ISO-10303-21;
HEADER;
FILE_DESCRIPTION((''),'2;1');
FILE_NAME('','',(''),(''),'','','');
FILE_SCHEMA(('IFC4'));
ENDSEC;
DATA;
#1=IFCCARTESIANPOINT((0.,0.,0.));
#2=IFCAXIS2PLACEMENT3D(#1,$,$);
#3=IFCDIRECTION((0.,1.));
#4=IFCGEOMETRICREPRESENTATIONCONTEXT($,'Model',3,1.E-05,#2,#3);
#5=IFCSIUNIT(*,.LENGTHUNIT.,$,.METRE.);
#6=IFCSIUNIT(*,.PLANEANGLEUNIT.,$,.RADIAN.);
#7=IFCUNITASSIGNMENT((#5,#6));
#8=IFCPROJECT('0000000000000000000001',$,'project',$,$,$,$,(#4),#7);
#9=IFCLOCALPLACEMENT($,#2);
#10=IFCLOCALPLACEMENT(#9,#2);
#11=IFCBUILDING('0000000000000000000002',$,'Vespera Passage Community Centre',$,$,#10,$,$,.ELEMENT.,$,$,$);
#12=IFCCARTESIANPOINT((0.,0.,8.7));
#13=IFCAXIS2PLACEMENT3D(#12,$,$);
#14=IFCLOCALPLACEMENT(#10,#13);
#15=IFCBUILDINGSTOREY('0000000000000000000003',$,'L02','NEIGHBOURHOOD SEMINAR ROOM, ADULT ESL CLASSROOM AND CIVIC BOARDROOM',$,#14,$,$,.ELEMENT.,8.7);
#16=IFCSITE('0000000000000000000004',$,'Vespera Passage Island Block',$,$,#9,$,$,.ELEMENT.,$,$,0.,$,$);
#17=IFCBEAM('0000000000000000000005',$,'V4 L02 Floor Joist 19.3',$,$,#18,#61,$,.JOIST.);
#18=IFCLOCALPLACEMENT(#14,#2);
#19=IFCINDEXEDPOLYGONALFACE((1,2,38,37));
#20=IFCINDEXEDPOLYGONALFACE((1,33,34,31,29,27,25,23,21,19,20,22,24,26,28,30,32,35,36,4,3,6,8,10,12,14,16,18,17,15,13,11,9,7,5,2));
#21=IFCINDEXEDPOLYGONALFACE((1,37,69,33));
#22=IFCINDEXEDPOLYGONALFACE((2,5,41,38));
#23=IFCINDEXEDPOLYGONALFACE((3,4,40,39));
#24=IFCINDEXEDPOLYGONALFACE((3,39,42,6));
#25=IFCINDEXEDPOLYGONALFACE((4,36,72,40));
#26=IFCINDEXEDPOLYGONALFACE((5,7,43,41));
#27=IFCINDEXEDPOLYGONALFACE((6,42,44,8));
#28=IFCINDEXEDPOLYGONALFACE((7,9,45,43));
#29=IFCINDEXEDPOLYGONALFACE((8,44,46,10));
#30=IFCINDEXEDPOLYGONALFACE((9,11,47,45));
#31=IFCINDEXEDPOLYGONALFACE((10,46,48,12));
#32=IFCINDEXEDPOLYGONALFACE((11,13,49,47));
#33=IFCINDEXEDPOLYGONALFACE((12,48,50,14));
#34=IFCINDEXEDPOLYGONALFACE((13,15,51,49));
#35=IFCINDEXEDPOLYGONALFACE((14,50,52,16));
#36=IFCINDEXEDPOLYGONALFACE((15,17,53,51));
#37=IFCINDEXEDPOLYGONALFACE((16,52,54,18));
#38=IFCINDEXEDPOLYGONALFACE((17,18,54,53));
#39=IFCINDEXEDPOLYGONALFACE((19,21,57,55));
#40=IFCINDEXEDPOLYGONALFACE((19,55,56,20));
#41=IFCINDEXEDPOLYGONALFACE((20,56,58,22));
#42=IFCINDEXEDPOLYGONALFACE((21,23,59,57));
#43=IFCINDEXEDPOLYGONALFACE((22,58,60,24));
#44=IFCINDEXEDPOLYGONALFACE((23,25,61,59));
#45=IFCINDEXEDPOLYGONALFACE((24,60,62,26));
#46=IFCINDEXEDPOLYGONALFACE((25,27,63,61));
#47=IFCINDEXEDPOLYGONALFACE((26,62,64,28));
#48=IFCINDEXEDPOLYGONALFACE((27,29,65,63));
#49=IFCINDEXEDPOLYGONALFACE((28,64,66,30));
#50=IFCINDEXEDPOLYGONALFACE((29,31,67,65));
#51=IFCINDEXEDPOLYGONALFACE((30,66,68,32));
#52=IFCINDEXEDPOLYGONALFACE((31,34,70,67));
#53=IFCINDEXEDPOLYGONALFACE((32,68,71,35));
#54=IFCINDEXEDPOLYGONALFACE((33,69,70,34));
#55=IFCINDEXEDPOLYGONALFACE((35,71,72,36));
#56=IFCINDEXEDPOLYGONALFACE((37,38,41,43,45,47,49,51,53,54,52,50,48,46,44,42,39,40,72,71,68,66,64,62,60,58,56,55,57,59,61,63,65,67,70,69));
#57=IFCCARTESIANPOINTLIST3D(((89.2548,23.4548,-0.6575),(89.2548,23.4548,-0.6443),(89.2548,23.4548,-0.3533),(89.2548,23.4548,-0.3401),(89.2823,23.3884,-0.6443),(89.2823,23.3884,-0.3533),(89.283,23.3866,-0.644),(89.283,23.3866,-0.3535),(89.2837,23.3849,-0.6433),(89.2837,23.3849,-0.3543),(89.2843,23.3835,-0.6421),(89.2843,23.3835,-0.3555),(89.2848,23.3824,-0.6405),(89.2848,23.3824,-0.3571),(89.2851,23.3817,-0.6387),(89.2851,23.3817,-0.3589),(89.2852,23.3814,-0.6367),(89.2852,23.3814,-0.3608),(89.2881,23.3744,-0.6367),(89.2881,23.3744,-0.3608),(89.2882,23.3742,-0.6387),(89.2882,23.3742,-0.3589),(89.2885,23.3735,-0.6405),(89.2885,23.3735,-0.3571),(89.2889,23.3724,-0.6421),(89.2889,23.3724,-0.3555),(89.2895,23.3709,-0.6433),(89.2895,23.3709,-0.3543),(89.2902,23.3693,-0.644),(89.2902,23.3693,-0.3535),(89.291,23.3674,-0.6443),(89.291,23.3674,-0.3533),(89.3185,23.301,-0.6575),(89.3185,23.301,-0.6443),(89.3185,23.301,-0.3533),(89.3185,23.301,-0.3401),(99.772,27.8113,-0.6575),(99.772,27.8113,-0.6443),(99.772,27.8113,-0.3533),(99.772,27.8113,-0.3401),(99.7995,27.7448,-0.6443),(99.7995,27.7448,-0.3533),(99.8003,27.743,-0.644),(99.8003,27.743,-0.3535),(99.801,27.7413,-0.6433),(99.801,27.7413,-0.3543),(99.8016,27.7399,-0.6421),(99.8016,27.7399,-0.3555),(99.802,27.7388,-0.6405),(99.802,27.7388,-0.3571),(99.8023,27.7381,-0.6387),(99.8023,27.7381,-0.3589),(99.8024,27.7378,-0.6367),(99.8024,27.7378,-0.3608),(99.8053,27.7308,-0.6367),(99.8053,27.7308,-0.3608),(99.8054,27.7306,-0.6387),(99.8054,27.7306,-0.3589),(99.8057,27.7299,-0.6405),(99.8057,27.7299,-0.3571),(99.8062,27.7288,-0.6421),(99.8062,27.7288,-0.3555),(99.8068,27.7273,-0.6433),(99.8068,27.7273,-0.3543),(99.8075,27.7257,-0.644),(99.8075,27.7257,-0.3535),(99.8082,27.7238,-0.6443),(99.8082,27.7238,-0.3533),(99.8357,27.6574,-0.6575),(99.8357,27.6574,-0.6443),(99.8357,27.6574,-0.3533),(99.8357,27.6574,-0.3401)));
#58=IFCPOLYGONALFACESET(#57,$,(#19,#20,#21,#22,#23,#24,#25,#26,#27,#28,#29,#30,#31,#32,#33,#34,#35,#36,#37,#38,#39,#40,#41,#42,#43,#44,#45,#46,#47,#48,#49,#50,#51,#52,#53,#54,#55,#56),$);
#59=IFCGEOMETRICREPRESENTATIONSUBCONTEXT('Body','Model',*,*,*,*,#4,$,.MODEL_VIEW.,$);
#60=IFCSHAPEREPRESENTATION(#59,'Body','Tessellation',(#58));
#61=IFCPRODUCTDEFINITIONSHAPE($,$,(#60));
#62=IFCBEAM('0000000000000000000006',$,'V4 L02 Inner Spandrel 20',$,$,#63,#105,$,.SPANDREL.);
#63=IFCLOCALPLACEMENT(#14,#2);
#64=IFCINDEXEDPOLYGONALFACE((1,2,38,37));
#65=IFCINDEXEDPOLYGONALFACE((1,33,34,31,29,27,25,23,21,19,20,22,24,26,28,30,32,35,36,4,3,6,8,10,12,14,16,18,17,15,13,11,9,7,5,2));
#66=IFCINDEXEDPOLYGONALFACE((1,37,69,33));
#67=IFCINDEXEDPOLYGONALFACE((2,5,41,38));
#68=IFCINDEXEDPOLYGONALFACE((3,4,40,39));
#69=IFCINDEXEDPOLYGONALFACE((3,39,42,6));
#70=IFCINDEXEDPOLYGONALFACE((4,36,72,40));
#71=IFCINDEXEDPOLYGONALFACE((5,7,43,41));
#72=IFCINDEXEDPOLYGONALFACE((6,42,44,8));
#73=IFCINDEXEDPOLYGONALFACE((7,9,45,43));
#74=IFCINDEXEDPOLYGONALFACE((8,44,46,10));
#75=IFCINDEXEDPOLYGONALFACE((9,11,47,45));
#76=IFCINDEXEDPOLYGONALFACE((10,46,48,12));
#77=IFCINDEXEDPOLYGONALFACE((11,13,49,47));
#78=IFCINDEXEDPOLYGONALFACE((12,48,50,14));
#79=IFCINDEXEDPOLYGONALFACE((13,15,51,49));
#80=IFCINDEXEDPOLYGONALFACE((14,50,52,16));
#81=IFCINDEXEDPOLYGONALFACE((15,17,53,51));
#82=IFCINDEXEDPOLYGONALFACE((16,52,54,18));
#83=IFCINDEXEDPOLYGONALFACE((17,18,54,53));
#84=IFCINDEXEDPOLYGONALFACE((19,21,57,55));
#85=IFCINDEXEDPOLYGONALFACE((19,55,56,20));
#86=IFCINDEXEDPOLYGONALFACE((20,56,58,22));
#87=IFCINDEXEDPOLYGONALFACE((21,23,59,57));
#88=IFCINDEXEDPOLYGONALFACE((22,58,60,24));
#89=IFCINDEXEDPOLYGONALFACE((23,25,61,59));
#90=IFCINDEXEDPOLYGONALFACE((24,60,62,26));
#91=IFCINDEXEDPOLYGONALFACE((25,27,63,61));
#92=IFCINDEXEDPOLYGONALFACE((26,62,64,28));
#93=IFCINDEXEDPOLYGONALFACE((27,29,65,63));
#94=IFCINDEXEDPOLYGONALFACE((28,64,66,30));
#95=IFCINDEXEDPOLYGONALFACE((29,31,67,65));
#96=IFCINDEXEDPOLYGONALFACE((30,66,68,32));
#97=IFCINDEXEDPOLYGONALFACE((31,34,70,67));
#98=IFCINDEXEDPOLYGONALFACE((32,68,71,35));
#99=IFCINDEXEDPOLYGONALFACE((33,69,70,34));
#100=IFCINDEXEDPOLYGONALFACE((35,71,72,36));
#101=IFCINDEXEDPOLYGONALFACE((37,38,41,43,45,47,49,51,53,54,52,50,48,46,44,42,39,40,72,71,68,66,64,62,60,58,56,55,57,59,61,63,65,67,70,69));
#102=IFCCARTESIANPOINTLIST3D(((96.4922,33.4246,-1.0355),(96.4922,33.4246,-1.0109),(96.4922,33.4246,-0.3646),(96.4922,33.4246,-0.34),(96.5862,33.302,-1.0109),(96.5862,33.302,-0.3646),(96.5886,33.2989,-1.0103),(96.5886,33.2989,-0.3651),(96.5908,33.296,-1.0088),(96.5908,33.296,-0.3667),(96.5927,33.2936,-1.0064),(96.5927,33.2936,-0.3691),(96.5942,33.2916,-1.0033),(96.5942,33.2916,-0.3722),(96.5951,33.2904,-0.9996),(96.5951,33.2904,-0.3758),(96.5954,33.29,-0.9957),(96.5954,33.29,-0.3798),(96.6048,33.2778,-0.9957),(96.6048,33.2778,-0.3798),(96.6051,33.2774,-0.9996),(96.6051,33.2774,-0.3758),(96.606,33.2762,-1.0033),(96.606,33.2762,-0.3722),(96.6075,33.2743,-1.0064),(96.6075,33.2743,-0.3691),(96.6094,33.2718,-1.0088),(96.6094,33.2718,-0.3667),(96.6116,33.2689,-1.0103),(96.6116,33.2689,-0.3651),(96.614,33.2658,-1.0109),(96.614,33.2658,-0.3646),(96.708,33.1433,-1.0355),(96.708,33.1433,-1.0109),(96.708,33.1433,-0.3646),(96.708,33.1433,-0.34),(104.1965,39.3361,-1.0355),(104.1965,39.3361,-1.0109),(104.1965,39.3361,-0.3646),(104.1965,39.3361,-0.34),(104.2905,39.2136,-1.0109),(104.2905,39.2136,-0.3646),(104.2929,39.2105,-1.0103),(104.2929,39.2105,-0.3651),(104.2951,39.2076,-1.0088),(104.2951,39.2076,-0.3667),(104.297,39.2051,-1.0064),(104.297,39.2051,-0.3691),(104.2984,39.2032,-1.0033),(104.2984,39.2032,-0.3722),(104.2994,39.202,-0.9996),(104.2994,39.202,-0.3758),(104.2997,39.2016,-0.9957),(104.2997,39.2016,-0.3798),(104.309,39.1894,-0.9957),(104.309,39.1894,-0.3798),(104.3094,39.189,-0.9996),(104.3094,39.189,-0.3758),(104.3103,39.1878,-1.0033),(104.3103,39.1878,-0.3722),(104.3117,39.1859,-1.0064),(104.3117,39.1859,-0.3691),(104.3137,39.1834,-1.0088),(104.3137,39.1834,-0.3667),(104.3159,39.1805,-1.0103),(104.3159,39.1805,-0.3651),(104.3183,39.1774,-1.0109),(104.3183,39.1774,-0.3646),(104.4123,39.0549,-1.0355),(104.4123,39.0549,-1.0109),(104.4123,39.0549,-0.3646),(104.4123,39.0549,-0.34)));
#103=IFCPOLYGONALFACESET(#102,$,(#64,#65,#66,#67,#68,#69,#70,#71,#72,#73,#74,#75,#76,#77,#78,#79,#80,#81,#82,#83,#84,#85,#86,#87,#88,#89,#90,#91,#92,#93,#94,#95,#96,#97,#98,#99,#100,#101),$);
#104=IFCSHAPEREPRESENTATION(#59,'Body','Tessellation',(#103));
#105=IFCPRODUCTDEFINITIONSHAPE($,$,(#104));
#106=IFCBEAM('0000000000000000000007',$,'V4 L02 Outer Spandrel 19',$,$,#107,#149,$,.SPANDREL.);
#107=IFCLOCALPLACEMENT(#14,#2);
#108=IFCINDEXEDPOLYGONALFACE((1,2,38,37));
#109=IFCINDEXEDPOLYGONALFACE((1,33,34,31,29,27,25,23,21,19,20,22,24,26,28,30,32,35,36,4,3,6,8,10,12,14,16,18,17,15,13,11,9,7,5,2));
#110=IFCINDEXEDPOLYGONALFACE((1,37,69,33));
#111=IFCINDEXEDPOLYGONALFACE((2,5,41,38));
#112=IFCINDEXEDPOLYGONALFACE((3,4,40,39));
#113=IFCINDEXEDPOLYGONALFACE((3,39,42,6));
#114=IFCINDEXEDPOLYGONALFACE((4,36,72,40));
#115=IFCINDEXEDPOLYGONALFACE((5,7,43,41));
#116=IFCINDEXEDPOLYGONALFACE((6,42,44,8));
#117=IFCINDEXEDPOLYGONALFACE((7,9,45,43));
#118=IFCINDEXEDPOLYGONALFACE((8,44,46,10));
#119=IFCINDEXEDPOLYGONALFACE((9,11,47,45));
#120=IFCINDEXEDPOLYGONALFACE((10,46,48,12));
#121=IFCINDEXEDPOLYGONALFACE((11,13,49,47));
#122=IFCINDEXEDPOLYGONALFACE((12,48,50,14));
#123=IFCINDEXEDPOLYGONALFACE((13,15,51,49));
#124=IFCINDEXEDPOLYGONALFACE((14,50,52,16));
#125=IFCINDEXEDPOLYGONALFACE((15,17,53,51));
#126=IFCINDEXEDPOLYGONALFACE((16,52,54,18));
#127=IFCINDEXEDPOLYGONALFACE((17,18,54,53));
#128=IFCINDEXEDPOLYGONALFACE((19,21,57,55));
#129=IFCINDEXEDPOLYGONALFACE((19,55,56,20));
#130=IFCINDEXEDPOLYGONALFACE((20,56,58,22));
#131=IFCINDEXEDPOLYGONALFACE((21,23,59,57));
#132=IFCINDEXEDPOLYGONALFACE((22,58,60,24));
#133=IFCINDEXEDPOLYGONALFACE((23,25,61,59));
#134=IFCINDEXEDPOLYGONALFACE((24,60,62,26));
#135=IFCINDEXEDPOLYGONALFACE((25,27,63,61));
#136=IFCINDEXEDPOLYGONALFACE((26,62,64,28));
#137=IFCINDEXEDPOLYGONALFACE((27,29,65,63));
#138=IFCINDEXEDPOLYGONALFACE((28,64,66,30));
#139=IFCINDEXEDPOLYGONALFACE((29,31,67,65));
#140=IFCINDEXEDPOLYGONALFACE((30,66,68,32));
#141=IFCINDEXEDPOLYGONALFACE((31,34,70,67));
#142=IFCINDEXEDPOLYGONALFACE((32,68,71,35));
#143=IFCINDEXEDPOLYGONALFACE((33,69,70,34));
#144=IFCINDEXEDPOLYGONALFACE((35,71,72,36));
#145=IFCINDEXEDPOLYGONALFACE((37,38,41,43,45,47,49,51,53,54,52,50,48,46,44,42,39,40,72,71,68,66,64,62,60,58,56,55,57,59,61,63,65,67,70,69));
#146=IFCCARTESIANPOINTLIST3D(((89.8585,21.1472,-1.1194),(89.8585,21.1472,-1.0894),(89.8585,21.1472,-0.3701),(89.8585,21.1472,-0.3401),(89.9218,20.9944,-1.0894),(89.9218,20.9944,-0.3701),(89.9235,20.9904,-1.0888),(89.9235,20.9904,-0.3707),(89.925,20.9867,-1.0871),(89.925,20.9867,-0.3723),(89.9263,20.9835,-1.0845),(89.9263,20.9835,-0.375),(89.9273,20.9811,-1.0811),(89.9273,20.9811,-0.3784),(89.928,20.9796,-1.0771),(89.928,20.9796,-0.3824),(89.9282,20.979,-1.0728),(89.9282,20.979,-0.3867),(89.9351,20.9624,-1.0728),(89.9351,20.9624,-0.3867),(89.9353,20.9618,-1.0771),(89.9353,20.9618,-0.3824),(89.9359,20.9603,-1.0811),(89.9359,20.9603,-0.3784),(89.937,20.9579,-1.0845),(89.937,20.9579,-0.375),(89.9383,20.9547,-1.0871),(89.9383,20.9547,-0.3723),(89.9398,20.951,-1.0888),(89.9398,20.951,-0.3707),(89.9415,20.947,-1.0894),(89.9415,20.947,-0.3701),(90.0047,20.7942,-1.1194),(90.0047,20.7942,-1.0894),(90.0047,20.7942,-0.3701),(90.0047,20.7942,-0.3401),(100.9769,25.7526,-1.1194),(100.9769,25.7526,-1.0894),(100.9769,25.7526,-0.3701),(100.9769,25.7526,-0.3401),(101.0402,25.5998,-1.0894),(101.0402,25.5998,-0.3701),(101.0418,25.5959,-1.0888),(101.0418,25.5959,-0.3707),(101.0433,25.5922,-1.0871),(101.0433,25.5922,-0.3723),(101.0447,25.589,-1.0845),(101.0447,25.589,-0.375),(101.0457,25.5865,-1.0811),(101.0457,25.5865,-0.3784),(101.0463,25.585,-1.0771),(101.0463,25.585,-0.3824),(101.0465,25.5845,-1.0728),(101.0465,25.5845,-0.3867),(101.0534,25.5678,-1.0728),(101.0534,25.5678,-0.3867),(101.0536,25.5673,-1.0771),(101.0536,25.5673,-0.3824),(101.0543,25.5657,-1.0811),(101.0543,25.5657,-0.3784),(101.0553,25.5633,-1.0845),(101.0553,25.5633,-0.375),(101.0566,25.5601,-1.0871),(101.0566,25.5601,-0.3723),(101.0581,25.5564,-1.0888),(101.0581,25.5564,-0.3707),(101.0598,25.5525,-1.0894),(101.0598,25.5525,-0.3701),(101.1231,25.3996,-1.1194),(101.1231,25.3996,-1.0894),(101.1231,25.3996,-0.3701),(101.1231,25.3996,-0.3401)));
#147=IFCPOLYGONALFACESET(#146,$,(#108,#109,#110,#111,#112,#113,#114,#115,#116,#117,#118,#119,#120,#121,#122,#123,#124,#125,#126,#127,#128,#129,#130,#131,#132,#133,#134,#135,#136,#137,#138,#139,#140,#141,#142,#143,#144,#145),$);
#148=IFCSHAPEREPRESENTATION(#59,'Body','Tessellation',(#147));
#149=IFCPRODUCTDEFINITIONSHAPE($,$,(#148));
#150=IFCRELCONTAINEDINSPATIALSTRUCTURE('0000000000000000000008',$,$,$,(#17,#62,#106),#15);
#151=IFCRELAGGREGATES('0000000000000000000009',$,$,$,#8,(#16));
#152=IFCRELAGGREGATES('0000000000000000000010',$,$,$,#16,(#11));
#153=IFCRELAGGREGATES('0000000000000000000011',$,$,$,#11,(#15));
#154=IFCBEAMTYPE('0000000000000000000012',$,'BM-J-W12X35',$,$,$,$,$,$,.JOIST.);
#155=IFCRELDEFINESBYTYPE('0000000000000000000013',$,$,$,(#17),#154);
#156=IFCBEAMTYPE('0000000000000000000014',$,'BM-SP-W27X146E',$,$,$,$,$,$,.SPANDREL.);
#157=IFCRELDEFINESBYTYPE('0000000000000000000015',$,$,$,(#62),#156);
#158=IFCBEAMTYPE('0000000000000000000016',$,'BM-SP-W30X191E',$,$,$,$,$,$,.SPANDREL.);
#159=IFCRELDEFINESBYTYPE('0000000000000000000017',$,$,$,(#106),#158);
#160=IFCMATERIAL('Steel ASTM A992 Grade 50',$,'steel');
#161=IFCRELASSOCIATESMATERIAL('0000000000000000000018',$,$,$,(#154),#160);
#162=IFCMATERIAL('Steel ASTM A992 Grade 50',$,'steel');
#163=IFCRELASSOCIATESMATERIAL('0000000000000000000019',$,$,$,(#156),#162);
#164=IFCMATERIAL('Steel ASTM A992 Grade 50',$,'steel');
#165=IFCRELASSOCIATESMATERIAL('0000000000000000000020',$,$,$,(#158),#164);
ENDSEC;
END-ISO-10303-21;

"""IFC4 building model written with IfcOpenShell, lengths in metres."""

from ifc_helpers import new_model, si_unit, direction, frame, origin, origin_2d, place, context, subcontext, project, spatial, i_section, extrude, material, material_profile, profile_set, type_object, element, save


model = new_model("IFC4")

# Units and contexts
model_context = context("Model", 3, precision=1e-05, world=origin(), true_north=direction((0.0, 1.0)))
body_context = subcontext(model_context, "Body", "Model", "MODEL_VIEW")
ifc_project = project(units=[si_unit("LENGTHUNIT", "METRE"), si_unit("PLANEANGLEUNIT", "RADIAN")], contexts=[model_context])

# Site, building, storey
site_placement = place(None, origin())
site = spatial("IfcSite", under=ifc_project, at=site_placement, Name="Vespera Passage Island Block", CompositionType="ELEMENT", RefElevation=0.0)
building_placement = place(site_placement, origin())
building = spatial("IfcBuilding", under=site, at=building_placement, Name="Vespera Passage Community Centre", CompositionType="ELEMENT")
storey_placement = place(building_placement, frame((0.0, 0.0, 8.7)))
storey = spatial("IfcBuildingStorey", under=building, at=storey_placement, Name="L02", Description="NEIGHBOURHOOD SEMINAR ROOM, ADULT ESL CLASSROOM AND CIVIC BOARDROOM", CompositionType="ELEMENT", Elevation=8.7)

# Beams
ifc_material_1 = material(Name="Steel ASTM A992 Grade 50", Category="steel")
ifc_material_profile_1 = material_profile(ifc_material_1, i_section(OverallWidth=0.1665, OverallDepth=0.3174, WebThickness=0.0076, FlangeThickness=0.0132, FilletRadius=0.0076, at=origin_2d()), Name="W12X35")
ifc_profile_set_1 = profile_set([ifc_material_profile_1], Name="Steel ASTM A992 Grade 50")
beam_type_1 = type_object("IfcBeamType", Name="BM-J-W12X35", PredefinedType="JOIST", material=ifc_profile_set_1)
beam_1_placement = place(storey_placement, frame((89.2866, 23.3779, -0.4988), z_axis=(0.923879, 0.382685, 0.0), x_axis=(-0.382685, 0.923879, 0.0)))
element("IfcBeam", 1, at=beam_1_placement, inside=storey, type_object=beam_type_1, Name="V4 L02 Floor Joist 19.3", PredefinedType="JOIST", context=body_context, shape_type="SweptSolid", body=[
    extrude(i_section(OverallWidth=0.1665, OverallDepth=0.3174, WebThickness=0.0076, FlangeThickness=0.0132, FilletRadius=0.0076, at=origin_2d()), origin(), (0.0, 0.0, 1.0), 11.3838),
])
ifc_material_2 = material(Name="Steel ASTM A992 Grade 50", Category="steel")
ifc_material_profile_2 = material_profile(ifc_material_2, i_section(OverallWidth=0.3545, OverallDepth=0.6956, WebThickness=0.0154, FlangeThickness=0.0247, FilletRadius=0.0151, at=origin_2d()), Name="W27X146")
ifc_profile_set_2 = profile_set([ifc_material_profile_2], Name="Steel ASTM A992 Grade 50")
beam_type_2 = type_object("IfcBeamType", Name="BM-SP-W27X146E", PredefinedType="SPANDREL", material=ifc_profile_set_2)
beam_2_placement = place(storey_placement, frame((96.6001, 33.2839, -0.6877), z_axis=(0.79336, 0.608753, 0.0), x_axis=(-0.608753, 0.79336, 0.0)))
element("IfcBeam", 2, at=beam_2_placement, inside=storey, type_object=beam_type_2, Name="V4 L02 Inner Spandrel 20", PredefinedType="SPANDREL", context=body_context, shape_type="SweptSolid", body=[
    extrude(i_section(OverallWidth=0.3545, OverallDepth=0.6956, WebThickness=0.0154, FlangeThickness=0.0247, FilletRadius=0.0151, at=origin_2d()), origin(), (0.0, 0.0, 1.0), 9.7109),
])
ifc_material_3 = material(Name="Steel ASTM A992 Grade 50", Category="steel")
ifc_material_profile_3 = material_profile(ifc_material_3, i_section(OverallWidth=0.3821, OverallDepth=0.7793, WebThickness=0.0181, FlangeThickness=0.03, FilletRadius=0.0166, at=origin_2d()), Name="W30X191")
ifc_profile_set_3 = profile_set([ifc_material_profile_3], Name="Steel ASTM A992 Grade 50")
beam_type_3 = type_object("IfcBeamType", Name="BM-SP-W30X191E", PredefinedType="SPANDREL", material=ifc_profile_set_3)
beam_3_placement = place(storey_placement, frame((89.9316, 20.9707, -0.7297), z_axis=(0.923877, 0.382689, 0.0), x_axis=(-0.382689, 0.923877, 0.0)))
element("IfcBeam", 3, at=beam_3_placement, inside=storey, type_object=beam_type_3, Name="V4 L02 Outer Spandrel 19", PredefinedType="SPANDREL", context=body_context, shape_type="SweptSolid", body=[
    extrude(i_section(OverallWidth=0.3821, OverallDepth=0.7793, WebThickness=0.0181, FlangeThickness=0.03, FilletRadius=0.0166, at=origin_2d()), origin(), (0.0, 0.0, 1.0), 12.0344),
])

save(model, "model.ifc")
